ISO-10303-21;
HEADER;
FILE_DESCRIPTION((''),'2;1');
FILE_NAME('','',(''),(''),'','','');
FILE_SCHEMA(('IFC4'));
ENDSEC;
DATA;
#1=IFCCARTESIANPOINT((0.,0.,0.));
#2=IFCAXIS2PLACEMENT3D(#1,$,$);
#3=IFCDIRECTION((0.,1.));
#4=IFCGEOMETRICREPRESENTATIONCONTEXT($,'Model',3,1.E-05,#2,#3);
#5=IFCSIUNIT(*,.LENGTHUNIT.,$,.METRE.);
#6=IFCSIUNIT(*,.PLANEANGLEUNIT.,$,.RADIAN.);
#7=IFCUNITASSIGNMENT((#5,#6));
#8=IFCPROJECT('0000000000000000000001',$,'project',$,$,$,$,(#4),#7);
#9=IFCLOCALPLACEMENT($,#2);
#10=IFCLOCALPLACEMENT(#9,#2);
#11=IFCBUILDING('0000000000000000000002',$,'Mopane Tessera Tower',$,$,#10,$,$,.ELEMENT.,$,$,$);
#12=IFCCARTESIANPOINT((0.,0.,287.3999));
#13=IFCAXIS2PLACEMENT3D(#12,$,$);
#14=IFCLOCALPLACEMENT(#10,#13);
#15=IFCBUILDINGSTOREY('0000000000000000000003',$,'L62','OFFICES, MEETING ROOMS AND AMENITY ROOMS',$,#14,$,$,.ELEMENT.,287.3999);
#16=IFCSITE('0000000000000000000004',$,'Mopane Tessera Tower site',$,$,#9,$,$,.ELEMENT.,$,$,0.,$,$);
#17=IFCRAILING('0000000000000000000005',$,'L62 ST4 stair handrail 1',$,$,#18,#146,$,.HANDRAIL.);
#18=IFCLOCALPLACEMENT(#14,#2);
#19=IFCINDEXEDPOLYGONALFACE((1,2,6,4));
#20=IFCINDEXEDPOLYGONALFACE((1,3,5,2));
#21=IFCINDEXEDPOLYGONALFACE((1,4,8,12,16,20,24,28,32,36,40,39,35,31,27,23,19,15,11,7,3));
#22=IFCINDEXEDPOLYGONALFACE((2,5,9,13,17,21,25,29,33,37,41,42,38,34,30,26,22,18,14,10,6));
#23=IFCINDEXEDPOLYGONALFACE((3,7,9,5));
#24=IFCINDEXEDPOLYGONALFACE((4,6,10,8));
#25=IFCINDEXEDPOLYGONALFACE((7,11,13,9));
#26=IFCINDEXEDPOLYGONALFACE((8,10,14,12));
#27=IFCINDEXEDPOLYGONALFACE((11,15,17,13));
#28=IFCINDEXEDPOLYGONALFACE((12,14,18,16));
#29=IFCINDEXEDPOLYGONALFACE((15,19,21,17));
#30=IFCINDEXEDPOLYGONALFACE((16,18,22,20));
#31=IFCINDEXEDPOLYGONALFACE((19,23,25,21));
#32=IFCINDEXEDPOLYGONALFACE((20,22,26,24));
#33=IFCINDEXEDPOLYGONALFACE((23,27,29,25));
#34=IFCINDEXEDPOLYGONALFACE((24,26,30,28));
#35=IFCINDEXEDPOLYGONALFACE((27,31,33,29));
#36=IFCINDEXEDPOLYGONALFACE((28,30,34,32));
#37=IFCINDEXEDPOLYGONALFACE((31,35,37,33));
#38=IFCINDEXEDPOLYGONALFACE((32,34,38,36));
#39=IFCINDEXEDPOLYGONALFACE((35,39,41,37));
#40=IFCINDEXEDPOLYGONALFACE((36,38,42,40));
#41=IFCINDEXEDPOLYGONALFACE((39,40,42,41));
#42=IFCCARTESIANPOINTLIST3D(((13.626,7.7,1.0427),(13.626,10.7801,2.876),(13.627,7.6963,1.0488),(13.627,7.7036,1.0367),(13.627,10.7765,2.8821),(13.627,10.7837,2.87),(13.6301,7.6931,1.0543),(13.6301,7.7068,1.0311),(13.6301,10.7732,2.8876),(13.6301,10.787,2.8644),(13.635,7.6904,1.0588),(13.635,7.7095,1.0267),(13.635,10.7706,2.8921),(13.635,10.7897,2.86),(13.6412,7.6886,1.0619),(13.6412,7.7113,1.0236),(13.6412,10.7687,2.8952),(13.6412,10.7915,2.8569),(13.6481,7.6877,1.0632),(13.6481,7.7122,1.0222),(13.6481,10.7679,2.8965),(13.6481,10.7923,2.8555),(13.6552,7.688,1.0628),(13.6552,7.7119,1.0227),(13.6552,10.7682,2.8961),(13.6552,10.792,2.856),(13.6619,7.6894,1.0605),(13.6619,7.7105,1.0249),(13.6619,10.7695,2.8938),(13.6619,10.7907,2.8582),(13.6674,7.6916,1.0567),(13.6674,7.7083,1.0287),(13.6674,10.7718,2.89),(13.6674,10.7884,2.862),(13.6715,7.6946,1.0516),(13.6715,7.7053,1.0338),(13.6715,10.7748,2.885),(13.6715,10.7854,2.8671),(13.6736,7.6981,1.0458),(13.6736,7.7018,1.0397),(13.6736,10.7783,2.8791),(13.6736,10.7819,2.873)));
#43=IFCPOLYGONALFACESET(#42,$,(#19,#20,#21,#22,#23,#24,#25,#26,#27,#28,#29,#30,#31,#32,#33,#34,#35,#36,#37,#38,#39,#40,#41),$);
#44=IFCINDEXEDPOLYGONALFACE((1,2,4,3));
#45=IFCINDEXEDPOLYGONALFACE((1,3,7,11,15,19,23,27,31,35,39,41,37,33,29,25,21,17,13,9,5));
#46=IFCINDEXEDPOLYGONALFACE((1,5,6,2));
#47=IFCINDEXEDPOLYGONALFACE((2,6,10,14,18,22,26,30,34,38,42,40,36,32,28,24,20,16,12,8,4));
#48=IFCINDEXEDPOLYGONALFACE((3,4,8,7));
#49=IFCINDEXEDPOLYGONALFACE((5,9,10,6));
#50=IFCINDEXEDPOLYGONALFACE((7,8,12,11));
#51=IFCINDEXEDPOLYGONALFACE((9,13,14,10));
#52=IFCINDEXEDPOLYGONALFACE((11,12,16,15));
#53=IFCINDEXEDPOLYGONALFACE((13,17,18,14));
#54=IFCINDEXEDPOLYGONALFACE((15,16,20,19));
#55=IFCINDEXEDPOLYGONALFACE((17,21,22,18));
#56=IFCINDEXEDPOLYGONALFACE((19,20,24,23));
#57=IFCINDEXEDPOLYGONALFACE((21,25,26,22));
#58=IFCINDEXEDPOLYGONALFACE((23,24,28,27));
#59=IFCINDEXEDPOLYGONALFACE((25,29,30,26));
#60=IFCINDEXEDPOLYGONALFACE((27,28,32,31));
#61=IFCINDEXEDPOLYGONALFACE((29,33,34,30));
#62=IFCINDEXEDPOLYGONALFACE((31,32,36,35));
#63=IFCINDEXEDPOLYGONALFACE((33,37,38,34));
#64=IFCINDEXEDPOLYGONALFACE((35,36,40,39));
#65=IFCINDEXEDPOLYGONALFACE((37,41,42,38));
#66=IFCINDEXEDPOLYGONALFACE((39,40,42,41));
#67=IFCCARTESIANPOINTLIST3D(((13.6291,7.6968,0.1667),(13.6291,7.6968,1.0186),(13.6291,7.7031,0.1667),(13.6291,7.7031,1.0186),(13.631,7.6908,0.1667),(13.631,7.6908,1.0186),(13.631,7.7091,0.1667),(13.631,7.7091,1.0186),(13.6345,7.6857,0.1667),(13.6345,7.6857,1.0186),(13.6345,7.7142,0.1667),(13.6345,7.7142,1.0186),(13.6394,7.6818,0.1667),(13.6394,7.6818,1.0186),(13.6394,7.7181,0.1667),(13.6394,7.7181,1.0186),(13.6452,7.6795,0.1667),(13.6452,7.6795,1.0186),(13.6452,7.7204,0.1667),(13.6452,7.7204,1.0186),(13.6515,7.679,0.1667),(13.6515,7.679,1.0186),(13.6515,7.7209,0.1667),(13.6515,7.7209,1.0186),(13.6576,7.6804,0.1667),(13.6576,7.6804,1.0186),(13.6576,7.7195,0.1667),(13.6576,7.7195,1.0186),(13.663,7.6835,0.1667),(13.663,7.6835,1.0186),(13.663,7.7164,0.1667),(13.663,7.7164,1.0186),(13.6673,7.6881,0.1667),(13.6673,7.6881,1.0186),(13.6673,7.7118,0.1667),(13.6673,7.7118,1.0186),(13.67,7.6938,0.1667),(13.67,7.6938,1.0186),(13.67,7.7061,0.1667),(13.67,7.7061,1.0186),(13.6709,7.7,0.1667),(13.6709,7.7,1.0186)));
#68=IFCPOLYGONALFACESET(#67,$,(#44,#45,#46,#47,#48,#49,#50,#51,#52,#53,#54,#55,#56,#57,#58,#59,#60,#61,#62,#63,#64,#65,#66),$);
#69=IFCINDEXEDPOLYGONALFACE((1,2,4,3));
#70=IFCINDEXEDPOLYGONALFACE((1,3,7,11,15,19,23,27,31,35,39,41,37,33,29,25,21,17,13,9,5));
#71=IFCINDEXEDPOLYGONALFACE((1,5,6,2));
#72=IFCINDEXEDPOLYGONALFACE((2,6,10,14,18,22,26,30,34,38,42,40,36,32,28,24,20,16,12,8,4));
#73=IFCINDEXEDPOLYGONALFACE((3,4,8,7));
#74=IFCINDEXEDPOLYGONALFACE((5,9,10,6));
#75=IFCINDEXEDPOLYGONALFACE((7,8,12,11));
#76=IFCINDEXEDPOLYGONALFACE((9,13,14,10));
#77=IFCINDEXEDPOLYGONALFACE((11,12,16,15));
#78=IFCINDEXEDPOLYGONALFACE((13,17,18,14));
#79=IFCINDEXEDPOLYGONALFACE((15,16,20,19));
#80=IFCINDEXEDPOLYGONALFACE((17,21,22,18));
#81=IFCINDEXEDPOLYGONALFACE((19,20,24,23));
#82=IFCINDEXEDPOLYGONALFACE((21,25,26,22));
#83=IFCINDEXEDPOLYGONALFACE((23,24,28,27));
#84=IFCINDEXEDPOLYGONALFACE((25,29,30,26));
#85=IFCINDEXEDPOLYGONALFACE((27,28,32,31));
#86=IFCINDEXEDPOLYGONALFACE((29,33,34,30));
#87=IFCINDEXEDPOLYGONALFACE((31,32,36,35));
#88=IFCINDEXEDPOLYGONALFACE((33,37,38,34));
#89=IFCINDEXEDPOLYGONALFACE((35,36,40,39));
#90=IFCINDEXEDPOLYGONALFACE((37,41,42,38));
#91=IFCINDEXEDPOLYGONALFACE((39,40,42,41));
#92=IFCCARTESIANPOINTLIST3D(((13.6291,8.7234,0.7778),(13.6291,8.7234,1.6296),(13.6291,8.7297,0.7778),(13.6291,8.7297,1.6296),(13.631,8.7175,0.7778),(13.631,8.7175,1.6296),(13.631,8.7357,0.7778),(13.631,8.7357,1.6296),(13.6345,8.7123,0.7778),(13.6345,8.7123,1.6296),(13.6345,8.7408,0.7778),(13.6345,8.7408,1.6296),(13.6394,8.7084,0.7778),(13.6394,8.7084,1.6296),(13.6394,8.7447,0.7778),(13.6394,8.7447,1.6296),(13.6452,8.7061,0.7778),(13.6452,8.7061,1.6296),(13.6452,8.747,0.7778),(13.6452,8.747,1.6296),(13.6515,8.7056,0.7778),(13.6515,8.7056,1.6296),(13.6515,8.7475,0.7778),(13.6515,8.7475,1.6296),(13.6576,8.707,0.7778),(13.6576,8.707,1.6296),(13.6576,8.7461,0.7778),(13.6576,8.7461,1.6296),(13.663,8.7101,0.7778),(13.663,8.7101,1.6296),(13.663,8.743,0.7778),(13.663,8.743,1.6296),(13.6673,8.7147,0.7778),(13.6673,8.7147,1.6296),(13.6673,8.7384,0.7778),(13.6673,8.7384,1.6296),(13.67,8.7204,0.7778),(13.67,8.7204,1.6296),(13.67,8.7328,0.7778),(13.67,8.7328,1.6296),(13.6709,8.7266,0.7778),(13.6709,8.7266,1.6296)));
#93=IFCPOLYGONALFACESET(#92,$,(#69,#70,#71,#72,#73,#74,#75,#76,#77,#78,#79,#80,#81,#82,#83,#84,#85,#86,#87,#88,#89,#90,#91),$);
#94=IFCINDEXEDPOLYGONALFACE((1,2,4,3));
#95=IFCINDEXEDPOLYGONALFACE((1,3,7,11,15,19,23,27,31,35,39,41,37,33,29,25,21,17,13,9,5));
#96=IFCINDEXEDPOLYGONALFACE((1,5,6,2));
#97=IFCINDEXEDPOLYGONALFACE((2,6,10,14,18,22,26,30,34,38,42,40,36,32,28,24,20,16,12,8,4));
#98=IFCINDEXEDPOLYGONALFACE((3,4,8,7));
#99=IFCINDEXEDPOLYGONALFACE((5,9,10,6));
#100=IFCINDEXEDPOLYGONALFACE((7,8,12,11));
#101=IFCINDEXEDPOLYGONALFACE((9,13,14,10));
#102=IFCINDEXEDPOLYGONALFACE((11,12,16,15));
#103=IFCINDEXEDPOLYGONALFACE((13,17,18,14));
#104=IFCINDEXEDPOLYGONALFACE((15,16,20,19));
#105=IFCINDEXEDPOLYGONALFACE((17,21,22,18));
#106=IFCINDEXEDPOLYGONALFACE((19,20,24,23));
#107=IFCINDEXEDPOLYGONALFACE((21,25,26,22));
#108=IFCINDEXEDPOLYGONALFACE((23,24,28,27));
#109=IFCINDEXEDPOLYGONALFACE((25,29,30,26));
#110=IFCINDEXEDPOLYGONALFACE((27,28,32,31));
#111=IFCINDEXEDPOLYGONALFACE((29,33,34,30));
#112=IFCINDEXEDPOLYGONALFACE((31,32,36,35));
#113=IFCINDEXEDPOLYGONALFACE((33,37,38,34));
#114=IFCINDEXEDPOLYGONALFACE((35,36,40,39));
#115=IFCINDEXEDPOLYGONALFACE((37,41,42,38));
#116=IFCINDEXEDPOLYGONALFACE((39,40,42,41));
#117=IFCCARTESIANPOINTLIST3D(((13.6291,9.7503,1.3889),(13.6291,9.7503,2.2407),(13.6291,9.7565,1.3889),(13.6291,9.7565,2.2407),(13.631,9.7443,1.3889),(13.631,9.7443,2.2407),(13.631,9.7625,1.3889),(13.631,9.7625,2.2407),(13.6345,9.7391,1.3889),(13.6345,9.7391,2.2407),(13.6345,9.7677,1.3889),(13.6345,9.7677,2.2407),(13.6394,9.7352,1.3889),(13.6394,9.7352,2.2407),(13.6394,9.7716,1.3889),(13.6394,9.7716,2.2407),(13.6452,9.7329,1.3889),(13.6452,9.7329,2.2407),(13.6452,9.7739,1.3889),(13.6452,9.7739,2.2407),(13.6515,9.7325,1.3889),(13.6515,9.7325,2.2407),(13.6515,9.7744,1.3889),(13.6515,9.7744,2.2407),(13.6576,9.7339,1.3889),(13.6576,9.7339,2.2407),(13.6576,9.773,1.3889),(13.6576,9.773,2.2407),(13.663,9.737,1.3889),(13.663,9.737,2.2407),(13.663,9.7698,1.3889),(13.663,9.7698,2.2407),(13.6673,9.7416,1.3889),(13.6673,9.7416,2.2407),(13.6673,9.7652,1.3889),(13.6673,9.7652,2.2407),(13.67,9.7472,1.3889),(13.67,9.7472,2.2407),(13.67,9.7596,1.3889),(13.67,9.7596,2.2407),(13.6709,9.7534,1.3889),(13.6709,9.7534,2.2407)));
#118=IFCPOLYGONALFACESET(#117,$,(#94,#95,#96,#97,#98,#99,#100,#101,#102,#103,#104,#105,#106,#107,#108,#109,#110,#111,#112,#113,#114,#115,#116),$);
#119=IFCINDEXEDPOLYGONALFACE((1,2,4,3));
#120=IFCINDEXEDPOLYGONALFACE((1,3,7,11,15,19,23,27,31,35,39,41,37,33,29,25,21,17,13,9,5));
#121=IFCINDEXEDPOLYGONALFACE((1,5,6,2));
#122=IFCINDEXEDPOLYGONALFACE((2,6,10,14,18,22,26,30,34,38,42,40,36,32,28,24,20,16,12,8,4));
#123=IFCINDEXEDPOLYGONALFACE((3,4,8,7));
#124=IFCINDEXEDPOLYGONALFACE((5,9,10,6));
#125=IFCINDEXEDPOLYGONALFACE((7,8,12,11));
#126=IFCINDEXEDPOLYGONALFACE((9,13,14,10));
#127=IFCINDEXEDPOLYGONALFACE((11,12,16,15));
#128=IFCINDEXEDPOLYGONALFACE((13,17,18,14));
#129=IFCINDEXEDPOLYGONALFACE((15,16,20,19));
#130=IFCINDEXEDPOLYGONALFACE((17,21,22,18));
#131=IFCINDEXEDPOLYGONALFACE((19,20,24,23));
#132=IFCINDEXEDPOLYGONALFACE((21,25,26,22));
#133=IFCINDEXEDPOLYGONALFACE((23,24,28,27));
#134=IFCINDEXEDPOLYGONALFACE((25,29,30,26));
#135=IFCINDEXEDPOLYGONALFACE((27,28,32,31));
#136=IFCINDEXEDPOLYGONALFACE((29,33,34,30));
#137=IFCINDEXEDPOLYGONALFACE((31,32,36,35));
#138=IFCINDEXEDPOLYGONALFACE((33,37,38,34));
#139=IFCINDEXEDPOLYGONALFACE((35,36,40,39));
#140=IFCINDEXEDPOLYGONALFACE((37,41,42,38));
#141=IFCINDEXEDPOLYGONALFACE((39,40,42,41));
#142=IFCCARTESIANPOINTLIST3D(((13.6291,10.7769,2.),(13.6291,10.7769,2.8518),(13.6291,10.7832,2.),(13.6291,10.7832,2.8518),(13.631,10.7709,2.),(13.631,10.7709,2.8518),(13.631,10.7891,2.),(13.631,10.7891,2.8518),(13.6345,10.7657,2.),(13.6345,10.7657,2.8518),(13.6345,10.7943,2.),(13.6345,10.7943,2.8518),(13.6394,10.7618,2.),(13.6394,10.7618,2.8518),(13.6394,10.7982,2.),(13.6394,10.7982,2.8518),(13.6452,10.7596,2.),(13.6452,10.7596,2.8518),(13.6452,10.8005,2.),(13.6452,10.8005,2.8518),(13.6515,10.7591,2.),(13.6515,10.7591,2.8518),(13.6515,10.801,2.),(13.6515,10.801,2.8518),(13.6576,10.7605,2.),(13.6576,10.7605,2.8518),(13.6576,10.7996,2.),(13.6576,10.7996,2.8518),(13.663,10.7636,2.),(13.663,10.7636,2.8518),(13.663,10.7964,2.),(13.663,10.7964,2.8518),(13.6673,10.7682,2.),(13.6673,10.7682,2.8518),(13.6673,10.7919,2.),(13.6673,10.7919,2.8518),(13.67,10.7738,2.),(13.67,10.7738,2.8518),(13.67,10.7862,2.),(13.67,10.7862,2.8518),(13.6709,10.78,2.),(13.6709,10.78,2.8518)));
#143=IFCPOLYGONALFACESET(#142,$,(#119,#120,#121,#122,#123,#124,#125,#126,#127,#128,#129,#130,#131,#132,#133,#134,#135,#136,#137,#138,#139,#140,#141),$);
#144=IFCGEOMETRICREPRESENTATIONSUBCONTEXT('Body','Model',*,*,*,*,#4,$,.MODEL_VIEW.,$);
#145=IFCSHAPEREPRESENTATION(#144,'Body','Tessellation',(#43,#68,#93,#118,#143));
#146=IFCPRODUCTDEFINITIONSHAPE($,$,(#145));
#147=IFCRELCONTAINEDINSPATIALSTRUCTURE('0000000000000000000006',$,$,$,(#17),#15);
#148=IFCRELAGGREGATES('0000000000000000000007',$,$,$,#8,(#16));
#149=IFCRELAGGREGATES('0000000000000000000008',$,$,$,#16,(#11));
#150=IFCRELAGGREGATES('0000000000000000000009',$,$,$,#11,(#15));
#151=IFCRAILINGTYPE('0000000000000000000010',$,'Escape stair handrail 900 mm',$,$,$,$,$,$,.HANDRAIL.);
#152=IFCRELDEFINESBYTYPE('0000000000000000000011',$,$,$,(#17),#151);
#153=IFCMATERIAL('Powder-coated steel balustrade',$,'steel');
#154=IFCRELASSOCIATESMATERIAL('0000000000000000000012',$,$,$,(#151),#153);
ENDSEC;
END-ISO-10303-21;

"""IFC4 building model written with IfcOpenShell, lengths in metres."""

from ifc_helpers import new_model, si_unit, direction, frame, origin, origin_2d, place, context, subcontext, project, spatial, circle, extrude, material, type_object, element, save


model = new_model("IFC4")

# Units and contexts
model_context = context("Model", 3, precision=1e-05, world=origin(), true_north=direction((0.0, 1.0)))
body_context = subcontext(model_context, "Body", "Model", "MODEL_VIEW")
ifc_project = project(units=[si_unit("LENGTHUNIT", "METRE"), si_unit("PLANEANGLEUNIT", "RADIAN")], contexts=[model_context])

# Site, building, storey
site_placement = place(None, origin())
site = spatial("IfcSite", under=ifc_project, at=site_placement, Name="Mopane Tessera Tower site", CompositionType="ELEMENT", RefElevation=0.0)
building_placement = place(site_placement, origin())
building = spatial("IfcBuilding", under=site, at=building_placement, Name="Mopane Tessera Tower", CompositionType="ELEMENT")
storey_placement = place(building_placement, frame((0.0, 0.0, 287.3999)))
storey = spatial("IfcBuildingStorey", under=building, at=storey_placement, Name="L62", Description="OFFICES, MEETING ROOMS AND AMENITY ROOMS", CompositionType="ELEMENT", Elevation=287.3999)

# Railing
ifc_material_1 = material(Name="Powder-coated steel balustrade", Category="steel")
railing_type_1 = type_object("IfcRailingType", Name="Escape stair handrail 900 mm", PredefinedType="HANDRAIL", material=ifc_material_1)
railing_1_placement = place(storey_placement, frame((13.6499, 7.7, 0.1667)))
element("IfcRailing", 1, at=railing_1_placement, inside=storey, type_object=railing_type_1, Name="L62 ST4 stair handrail 1", PredefinedType="HANDRAIL", context=body_context, shape_type="SweptSolid", body=[
    extrude(circle(Radius=0.0239, at=origin_2d()), frame((0.0, 0.0, 0.876), z_axis=(0.0, 0.859309, 0.511458), x_axis=(-1.0, 0.0, 0.0)), (0.0, 0.0, 1.0), 3.5845),
    extrude(circle(Radius=0.021, at=origin_2d()), origin(), (0.0, 0.0, 1.0), 0.8518),
    extrude(circle(Radius=0.021, at=origin_2d()), frame((0.0, 1.0266, 0.6111)), (0.0, 0.0, 1.0), 0.8518),
    extrude(circle(Radius=0.021, at=origin_2d()), frame((0.0, 2.0535, 1.2222)), (0.0, 0.0, 1.0), 0.8518),
    extrude(circle(Radius=0.021, at=origin_2d()), frame((0.0, 3.0801, 1.8333)), (0.0, 0.0, 1.0), 0.8518),
])

save(model, "model.ifc")
